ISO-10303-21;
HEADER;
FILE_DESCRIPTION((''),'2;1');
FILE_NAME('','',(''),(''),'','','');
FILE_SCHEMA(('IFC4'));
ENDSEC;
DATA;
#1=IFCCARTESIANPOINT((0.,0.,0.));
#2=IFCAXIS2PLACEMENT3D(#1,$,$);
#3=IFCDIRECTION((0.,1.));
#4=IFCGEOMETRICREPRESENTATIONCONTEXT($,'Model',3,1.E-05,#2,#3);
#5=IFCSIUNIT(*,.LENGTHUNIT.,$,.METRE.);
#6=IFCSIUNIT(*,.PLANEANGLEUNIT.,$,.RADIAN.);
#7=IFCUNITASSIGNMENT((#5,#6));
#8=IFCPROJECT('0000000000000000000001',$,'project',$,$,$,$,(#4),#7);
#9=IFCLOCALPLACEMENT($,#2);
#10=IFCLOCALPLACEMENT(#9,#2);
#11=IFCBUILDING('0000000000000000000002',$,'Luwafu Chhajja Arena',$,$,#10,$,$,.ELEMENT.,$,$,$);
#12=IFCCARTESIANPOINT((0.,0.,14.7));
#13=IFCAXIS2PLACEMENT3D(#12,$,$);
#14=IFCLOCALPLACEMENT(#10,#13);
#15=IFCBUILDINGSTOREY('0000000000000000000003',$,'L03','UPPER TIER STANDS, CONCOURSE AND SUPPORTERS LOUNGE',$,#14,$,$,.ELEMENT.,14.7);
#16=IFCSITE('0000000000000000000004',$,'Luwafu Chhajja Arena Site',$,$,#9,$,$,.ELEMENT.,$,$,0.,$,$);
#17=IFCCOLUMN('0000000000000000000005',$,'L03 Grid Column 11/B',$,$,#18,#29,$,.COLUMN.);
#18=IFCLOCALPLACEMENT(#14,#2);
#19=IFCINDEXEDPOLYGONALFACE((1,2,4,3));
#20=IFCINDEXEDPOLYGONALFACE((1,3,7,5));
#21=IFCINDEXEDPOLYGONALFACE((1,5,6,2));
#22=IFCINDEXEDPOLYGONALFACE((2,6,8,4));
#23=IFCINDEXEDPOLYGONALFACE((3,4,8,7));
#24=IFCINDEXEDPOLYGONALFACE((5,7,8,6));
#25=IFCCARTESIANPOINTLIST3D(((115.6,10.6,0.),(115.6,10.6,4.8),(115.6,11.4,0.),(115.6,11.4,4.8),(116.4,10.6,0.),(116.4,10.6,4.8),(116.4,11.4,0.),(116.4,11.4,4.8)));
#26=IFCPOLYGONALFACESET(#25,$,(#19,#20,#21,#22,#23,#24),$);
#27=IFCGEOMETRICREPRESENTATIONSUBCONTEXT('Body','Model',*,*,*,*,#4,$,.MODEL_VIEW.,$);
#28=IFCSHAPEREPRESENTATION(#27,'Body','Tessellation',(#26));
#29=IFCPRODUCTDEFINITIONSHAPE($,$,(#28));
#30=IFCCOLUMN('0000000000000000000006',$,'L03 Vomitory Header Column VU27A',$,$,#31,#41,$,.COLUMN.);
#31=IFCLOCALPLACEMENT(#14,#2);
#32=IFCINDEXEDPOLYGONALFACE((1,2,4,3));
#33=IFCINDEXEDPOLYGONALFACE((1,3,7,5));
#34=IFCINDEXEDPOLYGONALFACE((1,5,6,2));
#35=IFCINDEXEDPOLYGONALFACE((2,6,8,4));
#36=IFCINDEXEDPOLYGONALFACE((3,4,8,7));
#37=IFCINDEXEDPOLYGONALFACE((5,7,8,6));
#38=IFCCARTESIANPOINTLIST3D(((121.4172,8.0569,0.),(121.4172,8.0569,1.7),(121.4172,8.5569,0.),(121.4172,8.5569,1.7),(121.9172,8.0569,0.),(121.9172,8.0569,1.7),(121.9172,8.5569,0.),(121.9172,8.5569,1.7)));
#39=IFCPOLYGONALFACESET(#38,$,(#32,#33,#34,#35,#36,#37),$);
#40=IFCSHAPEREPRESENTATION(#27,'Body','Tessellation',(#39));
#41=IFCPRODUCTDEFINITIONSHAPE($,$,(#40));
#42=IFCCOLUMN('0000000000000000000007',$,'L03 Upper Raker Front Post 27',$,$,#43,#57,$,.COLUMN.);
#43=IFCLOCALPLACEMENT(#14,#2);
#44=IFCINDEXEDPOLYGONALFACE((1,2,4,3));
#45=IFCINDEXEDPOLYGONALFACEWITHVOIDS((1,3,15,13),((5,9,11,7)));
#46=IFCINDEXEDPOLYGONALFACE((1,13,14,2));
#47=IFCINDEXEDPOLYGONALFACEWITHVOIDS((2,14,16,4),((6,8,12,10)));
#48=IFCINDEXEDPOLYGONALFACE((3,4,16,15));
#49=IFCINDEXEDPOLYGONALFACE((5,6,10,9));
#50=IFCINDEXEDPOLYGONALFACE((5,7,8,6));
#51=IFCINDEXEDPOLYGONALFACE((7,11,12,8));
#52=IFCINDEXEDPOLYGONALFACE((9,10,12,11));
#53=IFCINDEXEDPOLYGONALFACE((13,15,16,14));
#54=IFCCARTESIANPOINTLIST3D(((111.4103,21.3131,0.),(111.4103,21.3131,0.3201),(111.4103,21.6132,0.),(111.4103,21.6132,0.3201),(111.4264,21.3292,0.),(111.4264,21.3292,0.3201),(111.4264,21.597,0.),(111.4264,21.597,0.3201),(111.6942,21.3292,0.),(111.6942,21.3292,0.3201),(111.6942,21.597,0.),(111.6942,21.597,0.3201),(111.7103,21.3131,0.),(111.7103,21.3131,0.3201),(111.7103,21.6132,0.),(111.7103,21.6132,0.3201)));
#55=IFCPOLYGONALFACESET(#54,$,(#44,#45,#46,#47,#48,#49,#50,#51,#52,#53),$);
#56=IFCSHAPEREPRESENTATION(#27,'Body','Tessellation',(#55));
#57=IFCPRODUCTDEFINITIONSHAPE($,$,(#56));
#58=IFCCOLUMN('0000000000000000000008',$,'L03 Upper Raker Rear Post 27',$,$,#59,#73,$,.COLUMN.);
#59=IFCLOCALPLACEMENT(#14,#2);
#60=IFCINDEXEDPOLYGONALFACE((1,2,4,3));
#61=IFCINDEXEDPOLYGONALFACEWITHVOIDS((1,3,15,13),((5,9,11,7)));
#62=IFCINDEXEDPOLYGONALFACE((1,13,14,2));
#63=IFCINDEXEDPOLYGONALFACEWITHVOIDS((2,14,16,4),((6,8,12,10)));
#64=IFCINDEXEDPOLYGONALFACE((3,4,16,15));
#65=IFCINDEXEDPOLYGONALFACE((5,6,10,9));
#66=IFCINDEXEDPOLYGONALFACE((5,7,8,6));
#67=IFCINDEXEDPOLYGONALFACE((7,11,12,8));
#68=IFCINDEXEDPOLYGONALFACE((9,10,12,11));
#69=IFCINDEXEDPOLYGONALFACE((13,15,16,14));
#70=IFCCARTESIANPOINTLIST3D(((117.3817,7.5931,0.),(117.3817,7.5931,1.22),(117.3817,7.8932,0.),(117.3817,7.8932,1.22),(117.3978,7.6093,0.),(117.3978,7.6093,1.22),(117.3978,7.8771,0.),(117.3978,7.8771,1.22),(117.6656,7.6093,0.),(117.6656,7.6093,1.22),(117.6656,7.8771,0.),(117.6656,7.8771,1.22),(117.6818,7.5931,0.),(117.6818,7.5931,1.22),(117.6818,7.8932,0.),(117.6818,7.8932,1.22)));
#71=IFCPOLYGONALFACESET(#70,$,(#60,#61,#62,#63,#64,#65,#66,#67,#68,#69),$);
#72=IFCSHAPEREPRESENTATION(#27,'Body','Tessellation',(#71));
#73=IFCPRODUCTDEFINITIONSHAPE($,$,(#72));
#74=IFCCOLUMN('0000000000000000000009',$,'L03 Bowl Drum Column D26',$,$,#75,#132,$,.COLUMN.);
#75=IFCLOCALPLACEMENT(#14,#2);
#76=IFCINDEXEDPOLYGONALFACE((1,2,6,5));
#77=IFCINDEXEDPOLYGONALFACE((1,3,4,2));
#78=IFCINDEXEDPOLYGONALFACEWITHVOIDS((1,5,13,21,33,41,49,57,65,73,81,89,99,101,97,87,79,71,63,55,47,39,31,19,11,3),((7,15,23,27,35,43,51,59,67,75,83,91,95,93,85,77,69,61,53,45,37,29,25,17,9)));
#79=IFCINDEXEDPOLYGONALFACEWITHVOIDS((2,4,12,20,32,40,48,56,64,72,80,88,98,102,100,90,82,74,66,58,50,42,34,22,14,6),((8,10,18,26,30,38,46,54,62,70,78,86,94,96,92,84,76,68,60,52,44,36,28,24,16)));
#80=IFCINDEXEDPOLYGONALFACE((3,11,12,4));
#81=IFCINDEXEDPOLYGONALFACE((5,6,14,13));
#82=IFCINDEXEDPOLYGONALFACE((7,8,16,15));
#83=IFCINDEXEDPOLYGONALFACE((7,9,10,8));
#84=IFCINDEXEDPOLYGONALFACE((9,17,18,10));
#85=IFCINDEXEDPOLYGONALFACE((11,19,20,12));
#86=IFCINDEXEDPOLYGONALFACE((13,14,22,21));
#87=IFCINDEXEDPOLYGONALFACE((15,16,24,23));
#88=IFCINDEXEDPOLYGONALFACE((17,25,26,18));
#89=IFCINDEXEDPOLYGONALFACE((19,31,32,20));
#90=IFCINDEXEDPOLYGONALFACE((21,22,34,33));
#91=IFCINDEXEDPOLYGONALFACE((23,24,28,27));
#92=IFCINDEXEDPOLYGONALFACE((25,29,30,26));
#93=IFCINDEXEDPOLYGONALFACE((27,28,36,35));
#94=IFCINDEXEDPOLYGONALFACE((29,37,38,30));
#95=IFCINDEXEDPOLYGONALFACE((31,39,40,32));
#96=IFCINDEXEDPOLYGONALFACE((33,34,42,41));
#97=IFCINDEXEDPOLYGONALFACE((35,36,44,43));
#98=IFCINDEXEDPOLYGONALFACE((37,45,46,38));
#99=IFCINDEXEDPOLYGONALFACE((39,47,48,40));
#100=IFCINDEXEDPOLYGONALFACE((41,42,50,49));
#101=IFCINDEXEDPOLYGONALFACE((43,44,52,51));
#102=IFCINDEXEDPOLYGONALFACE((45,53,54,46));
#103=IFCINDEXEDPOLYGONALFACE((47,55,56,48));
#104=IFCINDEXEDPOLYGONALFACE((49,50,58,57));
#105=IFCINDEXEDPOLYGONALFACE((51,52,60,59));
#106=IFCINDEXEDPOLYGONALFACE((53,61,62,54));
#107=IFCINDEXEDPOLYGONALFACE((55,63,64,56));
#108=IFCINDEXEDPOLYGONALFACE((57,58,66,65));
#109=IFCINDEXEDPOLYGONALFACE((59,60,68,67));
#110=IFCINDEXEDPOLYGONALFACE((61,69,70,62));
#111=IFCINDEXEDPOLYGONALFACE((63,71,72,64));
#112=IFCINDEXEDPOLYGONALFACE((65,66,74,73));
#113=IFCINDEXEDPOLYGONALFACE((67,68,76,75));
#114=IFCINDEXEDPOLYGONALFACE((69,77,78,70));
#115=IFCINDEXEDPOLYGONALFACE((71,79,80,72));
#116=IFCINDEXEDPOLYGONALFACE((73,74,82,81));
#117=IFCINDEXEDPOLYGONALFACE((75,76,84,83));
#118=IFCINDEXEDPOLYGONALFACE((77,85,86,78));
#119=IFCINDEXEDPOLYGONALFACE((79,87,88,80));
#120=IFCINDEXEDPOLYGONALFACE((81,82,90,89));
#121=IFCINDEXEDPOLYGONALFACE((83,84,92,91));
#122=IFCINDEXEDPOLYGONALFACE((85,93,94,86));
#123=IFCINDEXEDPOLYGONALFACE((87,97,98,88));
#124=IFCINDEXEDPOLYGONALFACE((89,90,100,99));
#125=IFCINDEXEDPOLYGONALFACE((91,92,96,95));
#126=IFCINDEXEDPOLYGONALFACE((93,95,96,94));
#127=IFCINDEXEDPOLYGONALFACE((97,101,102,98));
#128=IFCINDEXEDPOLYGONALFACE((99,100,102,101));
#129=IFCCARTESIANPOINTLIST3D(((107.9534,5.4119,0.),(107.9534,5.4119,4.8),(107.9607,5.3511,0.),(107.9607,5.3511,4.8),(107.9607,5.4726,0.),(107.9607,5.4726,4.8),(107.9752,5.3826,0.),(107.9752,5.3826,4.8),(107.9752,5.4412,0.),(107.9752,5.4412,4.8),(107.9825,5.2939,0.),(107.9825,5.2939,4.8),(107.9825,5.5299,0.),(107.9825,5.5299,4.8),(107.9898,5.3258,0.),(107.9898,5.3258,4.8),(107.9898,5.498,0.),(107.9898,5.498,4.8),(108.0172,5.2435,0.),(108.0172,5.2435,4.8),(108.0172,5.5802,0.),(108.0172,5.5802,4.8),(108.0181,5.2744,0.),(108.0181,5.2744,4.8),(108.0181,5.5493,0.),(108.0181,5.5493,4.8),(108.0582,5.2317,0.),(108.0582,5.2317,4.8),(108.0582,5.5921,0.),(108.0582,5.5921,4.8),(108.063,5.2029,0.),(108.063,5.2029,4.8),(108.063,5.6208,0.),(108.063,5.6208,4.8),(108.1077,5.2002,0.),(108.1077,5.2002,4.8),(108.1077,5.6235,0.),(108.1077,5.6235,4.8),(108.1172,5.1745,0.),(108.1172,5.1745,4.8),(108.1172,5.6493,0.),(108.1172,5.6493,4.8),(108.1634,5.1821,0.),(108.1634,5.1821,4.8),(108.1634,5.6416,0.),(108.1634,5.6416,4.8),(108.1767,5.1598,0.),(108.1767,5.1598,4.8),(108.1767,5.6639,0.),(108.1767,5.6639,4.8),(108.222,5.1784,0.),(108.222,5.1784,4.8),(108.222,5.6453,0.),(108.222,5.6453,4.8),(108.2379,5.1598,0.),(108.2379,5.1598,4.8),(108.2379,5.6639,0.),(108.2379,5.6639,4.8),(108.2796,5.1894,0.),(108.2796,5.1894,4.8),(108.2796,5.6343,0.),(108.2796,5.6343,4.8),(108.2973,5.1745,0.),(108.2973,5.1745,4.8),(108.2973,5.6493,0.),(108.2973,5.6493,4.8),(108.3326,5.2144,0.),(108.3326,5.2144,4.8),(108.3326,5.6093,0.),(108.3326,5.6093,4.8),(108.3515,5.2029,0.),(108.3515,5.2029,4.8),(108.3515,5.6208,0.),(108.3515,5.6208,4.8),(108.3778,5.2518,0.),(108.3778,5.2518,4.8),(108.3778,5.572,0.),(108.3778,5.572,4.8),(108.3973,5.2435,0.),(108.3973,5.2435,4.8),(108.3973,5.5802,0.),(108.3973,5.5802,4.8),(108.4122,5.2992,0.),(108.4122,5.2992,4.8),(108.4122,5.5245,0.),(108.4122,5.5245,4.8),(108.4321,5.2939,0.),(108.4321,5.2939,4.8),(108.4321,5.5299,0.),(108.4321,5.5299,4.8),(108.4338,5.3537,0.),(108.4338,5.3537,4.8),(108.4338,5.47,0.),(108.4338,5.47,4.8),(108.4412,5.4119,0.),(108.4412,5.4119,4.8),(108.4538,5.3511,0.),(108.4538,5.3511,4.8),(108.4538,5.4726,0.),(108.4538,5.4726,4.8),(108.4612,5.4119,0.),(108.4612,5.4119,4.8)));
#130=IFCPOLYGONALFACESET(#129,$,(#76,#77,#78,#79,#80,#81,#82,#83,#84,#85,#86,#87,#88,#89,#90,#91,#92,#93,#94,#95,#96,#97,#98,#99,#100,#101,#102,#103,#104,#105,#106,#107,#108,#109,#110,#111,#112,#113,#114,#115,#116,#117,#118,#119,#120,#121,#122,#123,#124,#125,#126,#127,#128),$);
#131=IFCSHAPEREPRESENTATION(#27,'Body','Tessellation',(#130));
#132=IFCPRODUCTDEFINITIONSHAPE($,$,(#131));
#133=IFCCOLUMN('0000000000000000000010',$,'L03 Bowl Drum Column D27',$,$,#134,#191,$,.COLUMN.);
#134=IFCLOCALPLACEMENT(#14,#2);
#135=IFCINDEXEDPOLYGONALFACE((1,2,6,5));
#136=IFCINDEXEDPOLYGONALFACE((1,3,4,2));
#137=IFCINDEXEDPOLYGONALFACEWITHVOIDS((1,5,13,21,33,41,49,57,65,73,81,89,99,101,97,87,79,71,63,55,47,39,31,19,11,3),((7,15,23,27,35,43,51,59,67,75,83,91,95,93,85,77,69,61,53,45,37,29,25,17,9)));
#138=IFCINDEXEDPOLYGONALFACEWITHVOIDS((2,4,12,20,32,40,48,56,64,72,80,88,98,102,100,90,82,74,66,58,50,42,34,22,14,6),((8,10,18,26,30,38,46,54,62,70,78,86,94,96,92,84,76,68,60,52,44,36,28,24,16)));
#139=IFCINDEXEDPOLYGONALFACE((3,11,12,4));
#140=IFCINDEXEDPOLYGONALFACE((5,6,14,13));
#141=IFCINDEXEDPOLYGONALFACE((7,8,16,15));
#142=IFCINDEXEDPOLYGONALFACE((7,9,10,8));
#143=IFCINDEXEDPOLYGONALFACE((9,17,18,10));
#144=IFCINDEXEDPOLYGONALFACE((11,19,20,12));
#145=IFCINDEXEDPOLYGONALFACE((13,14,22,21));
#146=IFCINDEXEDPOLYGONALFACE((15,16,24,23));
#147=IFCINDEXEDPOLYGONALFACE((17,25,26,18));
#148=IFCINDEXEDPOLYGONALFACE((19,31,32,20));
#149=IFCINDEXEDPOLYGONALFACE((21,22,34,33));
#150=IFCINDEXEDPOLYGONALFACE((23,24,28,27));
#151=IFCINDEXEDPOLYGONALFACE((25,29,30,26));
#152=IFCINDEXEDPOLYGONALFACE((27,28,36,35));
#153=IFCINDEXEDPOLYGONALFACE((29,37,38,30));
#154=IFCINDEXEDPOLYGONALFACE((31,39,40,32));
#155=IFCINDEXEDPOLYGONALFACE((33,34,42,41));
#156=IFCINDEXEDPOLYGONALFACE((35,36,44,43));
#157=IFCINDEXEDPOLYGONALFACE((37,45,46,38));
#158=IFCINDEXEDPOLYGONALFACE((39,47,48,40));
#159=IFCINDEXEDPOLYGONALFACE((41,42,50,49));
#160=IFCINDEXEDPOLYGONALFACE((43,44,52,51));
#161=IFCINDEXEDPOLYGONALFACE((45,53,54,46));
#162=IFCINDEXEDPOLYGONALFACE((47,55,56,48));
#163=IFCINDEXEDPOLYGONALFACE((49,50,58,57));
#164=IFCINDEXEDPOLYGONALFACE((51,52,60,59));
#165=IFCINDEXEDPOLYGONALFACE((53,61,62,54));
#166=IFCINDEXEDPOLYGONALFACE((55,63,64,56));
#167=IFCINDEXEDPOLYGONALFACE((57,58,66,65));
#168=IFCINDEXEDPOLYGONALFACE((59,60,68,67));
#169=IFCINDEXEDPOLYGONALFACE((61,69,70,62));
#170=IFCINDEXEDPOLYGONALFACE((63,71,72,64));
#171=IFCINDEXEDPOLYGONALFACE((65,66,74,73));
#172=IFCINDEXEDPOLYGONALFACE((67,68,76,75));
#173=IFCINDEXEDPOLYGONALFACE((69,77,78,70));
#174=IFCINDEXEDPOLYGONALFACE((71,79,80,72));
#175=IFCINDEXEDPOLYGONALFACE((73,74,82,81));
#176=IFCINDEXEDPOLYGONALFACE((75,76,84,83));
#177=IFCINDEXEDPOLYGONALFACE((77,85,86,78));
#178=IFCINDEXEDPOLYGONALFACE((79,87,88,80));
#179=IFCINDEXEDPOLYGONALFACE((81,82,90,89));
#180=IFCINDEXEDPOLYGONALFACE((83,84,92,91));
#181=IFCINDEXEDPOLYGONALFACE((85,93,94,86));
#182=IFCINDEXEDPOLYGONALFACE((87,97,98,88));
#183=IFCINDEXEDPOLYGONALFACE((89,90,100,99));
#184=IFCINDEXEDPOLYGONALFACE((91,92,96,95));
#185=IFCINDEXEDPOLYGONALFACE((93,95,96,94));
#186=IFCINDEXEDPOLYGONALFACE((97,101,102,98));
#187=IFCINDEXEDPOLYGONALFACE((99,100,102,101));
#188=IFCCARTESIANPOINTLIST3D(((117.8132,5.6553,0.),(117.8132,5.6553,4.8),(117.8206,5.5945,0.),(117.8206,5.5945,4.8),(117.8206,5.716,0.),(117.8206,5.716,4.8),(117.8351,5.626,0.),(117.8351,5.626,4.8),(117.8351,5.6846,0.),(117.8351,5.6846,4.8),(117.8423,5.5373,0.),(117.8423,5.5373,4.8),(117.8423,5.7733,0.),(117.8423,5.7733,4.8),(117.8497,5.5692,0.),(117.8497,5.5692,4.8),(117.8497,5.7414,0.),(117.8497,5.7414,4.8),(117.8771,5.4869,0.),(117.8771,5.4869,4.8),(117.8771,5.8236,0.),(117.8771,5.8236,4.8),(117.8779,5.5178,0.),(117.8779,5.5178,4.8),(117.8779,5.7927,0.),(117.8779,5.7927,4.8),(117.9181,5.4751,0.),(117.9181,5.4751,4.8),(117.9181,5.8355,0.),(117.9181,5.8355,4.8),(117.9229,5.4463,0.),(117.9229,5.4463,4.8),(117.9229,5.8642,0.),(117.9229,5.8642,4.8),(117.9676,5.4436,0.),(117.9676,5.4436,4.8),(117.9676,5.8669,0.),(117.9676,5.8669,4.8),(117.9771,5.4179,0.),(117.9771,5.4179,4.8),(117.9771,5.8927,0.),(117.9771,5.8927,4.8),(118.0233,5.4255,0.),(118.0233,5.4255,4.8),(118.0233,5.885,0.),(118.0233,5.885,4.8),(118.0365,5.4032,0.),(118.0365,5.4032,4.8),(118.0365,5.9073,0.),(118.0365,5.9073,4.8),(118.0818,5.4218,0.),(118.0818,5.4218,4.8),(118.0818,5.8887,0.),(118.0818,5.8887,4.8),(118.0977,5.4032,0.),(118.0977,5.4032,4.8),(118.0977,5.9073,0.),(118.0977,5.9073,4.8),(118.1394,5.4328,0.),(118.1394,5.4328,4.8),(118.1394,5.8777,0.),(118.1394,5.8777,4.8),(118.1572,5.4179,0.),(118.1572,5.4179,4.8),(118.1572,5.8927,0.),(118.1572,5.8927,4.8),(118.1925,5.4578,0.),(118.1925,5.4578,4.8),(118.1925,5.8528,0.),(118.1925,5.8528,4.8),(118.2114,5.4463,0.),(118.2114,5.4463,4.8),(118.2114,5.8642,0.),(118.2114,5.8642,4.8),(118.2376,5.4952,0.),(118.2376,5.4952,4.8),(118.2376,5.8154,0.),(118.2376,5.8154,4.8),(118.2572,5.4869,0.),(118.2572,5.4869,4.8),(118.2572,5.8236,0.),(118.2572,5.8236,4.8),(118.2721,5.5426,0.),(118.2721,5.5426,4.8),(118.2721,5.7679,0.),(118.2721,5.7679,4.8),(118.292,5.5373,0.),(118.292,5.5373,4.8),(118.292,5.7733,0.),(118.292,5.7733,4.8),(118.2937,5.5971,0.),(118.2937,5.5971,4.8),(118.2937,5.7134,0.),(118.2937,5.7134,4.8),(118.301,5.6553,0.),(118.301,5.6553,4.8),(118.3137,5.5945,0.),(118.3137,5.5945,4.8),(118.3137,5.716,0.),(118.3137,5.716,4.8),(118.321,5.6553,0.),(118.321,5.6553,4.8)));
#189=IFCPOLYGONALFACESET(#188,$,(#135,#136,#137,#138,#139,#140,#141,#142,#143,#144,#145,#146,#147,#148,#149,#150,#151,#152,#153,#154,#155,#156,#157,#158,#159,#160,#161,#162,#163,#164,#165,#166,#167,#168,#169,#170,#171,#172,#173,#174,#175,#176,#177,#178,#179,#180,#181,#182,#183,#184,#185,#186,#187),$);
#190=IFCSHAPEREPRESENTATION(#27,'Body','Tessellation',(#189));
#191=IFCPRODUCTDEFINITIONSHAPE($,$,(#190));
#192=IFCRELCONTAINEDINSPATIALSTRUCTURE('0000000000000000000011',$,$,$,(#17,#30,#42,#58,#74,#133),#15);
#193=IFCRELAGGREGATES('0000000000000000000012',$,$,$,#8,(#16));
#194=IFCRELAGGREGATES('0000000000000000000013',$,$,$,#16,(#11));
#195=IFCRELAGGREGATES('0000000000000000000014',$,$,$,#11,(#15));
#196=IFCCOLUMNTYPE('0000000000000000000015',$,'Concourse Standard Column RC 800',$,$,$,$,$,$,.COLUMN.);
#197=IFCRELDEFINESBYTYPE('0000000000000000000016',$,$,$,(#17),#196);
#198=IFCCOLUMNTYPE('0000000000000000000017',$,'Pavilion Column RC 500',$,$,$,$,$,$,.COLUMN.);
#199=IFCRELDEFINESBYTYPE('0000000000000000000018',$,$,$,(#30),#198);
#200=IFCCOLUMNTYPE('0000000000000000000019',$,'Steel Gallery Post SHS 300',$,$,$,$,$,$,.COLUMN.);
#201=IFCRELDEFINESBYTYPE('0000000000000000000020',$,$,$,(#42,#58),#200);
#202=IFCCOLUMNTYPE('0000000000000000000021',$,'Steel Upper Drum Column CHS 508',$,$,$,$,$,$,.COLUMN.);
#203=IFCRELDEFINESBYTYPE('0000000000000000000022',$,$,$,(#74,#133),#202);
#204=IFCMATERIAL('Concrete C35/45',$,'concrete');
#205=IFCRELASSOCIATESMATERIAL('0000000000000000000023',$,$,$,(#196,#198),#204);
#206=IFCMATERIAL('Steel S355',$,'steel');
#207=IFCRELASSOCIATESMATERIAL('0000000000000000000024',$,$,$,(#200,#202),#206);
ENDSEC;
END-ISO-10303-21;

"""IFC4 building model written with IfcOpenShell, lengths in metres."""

from ifc_helpers import new_model, si_unit, direction, frame, origin, origin_2d, place, context, subcontext, project, spatial, rectangle, hollow_rectangle, hollow_circle, extrude, material, material_profile, profile_set, type_object, element, save


model = new_model("IFC4")

# Units and contexts
model_context = context("Model", 3, precision=1e-05, world=origin(), true_north=direction((0.0, 1.0)))
body_context = subcontext(model_context, "Body", "Model", "MODEL_VIEW")
ifc_project = project(units=[si_unit("LENGTHUNIT", "METRE"), si_unit("PLANEANGLEUNIT", "RADIAN")], contexts=[model_context])

# Site, building, storey
site_placement = place(None, origin())
site = spatial("IfcSite", under=ifc_project, at=site_placement, Name="Luwafu Chhajja Arena Site", CompositionType="ELEMENT", RefElevation=0.0)
building_placement = place(site_placement, origin())
building = spatial("IfcBuilding", under=site, at=building_placement, Name="Luwafu Chhajja Arena", CompositionType="ELEMENT")
storey_placement = place(building_placement, frame((0.0, 0.0, 14.7)))
storey = spatial("IfcBuildingStorey", under=building, at=storey_placement, Name="L03", Description="UPPER TIER STANDS, CONCOURSE AND SUPPORTERS LOUNGE", CompositionType="ELEMENT", Elevation=14.7)

# Columns
ifc_material_1 = material(Name="Concrete C35/45", Category="concrete")
ifc_material_profile_1 = material_profile(ifc_material_1, rectangle(XDim=0.8, YDim=0.8, at=origin_2d()), Name="RC 800x800")
ifc_profile_set_1 = profile_set([ifc_material_profile_1], Name="Concrete C35/45")
column_type_1 = type_object("IfcColumnType", Name="Concourse Standard Column RC 800", PredefinedType="COLUMN", material=ifc_profile_set_1)
column_1_placement = place(storey_placement, frame((116.0, 11.0, 0.0), z_axis=(0.0, 0.0, 1.0), x_axis=(1.0, 0.0, 0.0)))
element("IfcColumn", 1, at=column_1_placement, inside=storey, type_object=column_type_1, Name="L03 Grid Column 11/B", PredefinedType="COLUMN", context=body_context, shape_type="SweptSolid", body=[
    extrude(rectangle(XDim=0.8, YDim=0.8, at=origin_2d()), origin(), (0.0, 0.0, 1.0), 4.8),
])
ifc_material_profile_2 = material_profile(ifc_material_1, rectangle(XDim=0.5, YDim=0.5, at=origin_2d()), Name="RC 500x500")
ifc_profile_set_2 = profile_set([ifc_material_profile_2], Name="Concrete C35/45")
column_type_2 = type_object("IfcColumnType", Name="Pavilion Column RC 500", PredefinedType="COLUMN", material=ifc_profile_set_2)
column_2_placement = place(storey_placement, frame((121.6672, 8.3069, 0.0), z_axis=(0.0, 0.0, 1.0), x_axis=(1.0, 0.0, 0.0)))
element("IfcColumn", 2, at=column_2_placement, inside=storey, type_object=column_type_2, Name="L03 Vomitory Header Column VU27A", PredefinedType="COLUMN", context=body_context, shape_type="SweptSolid", body=[
    extrude(rectangle(XDim=0.5, YDim=0.5, at=origin_2d()), origin(), (0.0, 0.0, 1.0), 1.7),
])
ifc_material_2 = material(Name="Steel S355", Category="steel")
ifc_material_profile_3 = material_profile(ifc_material_2, hollow_rectangle(XDim=0.3, YDim=0.3, WallThickness=0.0161, at=origin_2d()), Name="SHS 300x300x16")
ifc_profile_set_3 = profile_set([ifc_material_profile_3], Name="Steel S355")
column_type_3 = type_object("IfcColumnType", Name="Steel Gallery Post SHS 300", PredefinedType="COLUMN", material=ifc_profile_set_3)
column_3_placement = place(storey_placement, frame((111.5603, 21.4631, 0.0), z_axis=(0.0, 0.0, 1.0), x_axis=(1.0, 0.0, 0.0)))
element("IfcColumn", 3, at=column_3_placement, inside=storey, type_object=column_type_3, Name="L03 Upper Raker Front Post 27", PredefinedType="COLUMN", context=body_context, shape_type="SweptSolid", body=[
    extrude(hollow_rectangle(XDim=0.3, YDim=0.3, WallThickness=0.0161, at=origin_2d()), origin(), (0.0, 0.0, 1.0), 0.3201),
])
column_4_placement = place(storey_placement, frame((117.5317, 7.7432, 0.0), z_axis=(0.0, 0.0, 1.0), x_axis=(1.0, 0.0, 0.0)))
element("IfcColumn", 4, at=column_4_placement, inside=storey, type_object=column_type_3, Name="L03 Upper Raker Rear Post 27", PredefinedType="COLUMN", context=body_context, shape_type="SweptSolid", body=[
    extrude(hollow_rectangle(XDim=0.3, YDim=0.3, WallThickness=0.0161, at=origin_2d()), origin(), (0.0, 0.0, 1.0), 1.22),
])
ifc_material_profile_4 = material_profile(ifc_material_2, hollow_circle(Radius=0.2539, WallThickness=0.02, at=origin_2d()), Name="CHS 508x20")
ifc_profile_set_4 = profile_set([ifc_material_profile_4], Name="Steel S355")
column_type_4 = type_object("IfcColumnType", Name="Steel Upper Drum Column CHS 508", PredefinedType="COLUMN", material=ifc_profile_set_4)
for number, where, z_axis, x_axis, name in (
    (5, (108.2073, 5.4119, 0.0), (0.0, 0.0, 1.0), (1.0, 0.0, 0.0), "L03 Bowl Drum Column D26"),
    (6, (118.0671, 5.6553, 0.0), (0.0, 0.0, 1.0), (1.0, 0.0, 0.0), "L03 Bowl Drum Column D27"),
):
    element("IfcColumn", number, at=place(storey_placement, frame(where, z_axis=z_axis, x_axis=x_axis)), inside=storey, type_object=column_type_4, Name=name, PredefinedType="COLUMN", context=body_context, shape_type="SweptSolid", body=[
        extrude(hollow_circle(Radius=0.2539, WallThickness=0.02, at=origin_2d()), origin(), (0.0, 0.0, 1.0), 4.8),
    ])

save(model, "model.ifc")
